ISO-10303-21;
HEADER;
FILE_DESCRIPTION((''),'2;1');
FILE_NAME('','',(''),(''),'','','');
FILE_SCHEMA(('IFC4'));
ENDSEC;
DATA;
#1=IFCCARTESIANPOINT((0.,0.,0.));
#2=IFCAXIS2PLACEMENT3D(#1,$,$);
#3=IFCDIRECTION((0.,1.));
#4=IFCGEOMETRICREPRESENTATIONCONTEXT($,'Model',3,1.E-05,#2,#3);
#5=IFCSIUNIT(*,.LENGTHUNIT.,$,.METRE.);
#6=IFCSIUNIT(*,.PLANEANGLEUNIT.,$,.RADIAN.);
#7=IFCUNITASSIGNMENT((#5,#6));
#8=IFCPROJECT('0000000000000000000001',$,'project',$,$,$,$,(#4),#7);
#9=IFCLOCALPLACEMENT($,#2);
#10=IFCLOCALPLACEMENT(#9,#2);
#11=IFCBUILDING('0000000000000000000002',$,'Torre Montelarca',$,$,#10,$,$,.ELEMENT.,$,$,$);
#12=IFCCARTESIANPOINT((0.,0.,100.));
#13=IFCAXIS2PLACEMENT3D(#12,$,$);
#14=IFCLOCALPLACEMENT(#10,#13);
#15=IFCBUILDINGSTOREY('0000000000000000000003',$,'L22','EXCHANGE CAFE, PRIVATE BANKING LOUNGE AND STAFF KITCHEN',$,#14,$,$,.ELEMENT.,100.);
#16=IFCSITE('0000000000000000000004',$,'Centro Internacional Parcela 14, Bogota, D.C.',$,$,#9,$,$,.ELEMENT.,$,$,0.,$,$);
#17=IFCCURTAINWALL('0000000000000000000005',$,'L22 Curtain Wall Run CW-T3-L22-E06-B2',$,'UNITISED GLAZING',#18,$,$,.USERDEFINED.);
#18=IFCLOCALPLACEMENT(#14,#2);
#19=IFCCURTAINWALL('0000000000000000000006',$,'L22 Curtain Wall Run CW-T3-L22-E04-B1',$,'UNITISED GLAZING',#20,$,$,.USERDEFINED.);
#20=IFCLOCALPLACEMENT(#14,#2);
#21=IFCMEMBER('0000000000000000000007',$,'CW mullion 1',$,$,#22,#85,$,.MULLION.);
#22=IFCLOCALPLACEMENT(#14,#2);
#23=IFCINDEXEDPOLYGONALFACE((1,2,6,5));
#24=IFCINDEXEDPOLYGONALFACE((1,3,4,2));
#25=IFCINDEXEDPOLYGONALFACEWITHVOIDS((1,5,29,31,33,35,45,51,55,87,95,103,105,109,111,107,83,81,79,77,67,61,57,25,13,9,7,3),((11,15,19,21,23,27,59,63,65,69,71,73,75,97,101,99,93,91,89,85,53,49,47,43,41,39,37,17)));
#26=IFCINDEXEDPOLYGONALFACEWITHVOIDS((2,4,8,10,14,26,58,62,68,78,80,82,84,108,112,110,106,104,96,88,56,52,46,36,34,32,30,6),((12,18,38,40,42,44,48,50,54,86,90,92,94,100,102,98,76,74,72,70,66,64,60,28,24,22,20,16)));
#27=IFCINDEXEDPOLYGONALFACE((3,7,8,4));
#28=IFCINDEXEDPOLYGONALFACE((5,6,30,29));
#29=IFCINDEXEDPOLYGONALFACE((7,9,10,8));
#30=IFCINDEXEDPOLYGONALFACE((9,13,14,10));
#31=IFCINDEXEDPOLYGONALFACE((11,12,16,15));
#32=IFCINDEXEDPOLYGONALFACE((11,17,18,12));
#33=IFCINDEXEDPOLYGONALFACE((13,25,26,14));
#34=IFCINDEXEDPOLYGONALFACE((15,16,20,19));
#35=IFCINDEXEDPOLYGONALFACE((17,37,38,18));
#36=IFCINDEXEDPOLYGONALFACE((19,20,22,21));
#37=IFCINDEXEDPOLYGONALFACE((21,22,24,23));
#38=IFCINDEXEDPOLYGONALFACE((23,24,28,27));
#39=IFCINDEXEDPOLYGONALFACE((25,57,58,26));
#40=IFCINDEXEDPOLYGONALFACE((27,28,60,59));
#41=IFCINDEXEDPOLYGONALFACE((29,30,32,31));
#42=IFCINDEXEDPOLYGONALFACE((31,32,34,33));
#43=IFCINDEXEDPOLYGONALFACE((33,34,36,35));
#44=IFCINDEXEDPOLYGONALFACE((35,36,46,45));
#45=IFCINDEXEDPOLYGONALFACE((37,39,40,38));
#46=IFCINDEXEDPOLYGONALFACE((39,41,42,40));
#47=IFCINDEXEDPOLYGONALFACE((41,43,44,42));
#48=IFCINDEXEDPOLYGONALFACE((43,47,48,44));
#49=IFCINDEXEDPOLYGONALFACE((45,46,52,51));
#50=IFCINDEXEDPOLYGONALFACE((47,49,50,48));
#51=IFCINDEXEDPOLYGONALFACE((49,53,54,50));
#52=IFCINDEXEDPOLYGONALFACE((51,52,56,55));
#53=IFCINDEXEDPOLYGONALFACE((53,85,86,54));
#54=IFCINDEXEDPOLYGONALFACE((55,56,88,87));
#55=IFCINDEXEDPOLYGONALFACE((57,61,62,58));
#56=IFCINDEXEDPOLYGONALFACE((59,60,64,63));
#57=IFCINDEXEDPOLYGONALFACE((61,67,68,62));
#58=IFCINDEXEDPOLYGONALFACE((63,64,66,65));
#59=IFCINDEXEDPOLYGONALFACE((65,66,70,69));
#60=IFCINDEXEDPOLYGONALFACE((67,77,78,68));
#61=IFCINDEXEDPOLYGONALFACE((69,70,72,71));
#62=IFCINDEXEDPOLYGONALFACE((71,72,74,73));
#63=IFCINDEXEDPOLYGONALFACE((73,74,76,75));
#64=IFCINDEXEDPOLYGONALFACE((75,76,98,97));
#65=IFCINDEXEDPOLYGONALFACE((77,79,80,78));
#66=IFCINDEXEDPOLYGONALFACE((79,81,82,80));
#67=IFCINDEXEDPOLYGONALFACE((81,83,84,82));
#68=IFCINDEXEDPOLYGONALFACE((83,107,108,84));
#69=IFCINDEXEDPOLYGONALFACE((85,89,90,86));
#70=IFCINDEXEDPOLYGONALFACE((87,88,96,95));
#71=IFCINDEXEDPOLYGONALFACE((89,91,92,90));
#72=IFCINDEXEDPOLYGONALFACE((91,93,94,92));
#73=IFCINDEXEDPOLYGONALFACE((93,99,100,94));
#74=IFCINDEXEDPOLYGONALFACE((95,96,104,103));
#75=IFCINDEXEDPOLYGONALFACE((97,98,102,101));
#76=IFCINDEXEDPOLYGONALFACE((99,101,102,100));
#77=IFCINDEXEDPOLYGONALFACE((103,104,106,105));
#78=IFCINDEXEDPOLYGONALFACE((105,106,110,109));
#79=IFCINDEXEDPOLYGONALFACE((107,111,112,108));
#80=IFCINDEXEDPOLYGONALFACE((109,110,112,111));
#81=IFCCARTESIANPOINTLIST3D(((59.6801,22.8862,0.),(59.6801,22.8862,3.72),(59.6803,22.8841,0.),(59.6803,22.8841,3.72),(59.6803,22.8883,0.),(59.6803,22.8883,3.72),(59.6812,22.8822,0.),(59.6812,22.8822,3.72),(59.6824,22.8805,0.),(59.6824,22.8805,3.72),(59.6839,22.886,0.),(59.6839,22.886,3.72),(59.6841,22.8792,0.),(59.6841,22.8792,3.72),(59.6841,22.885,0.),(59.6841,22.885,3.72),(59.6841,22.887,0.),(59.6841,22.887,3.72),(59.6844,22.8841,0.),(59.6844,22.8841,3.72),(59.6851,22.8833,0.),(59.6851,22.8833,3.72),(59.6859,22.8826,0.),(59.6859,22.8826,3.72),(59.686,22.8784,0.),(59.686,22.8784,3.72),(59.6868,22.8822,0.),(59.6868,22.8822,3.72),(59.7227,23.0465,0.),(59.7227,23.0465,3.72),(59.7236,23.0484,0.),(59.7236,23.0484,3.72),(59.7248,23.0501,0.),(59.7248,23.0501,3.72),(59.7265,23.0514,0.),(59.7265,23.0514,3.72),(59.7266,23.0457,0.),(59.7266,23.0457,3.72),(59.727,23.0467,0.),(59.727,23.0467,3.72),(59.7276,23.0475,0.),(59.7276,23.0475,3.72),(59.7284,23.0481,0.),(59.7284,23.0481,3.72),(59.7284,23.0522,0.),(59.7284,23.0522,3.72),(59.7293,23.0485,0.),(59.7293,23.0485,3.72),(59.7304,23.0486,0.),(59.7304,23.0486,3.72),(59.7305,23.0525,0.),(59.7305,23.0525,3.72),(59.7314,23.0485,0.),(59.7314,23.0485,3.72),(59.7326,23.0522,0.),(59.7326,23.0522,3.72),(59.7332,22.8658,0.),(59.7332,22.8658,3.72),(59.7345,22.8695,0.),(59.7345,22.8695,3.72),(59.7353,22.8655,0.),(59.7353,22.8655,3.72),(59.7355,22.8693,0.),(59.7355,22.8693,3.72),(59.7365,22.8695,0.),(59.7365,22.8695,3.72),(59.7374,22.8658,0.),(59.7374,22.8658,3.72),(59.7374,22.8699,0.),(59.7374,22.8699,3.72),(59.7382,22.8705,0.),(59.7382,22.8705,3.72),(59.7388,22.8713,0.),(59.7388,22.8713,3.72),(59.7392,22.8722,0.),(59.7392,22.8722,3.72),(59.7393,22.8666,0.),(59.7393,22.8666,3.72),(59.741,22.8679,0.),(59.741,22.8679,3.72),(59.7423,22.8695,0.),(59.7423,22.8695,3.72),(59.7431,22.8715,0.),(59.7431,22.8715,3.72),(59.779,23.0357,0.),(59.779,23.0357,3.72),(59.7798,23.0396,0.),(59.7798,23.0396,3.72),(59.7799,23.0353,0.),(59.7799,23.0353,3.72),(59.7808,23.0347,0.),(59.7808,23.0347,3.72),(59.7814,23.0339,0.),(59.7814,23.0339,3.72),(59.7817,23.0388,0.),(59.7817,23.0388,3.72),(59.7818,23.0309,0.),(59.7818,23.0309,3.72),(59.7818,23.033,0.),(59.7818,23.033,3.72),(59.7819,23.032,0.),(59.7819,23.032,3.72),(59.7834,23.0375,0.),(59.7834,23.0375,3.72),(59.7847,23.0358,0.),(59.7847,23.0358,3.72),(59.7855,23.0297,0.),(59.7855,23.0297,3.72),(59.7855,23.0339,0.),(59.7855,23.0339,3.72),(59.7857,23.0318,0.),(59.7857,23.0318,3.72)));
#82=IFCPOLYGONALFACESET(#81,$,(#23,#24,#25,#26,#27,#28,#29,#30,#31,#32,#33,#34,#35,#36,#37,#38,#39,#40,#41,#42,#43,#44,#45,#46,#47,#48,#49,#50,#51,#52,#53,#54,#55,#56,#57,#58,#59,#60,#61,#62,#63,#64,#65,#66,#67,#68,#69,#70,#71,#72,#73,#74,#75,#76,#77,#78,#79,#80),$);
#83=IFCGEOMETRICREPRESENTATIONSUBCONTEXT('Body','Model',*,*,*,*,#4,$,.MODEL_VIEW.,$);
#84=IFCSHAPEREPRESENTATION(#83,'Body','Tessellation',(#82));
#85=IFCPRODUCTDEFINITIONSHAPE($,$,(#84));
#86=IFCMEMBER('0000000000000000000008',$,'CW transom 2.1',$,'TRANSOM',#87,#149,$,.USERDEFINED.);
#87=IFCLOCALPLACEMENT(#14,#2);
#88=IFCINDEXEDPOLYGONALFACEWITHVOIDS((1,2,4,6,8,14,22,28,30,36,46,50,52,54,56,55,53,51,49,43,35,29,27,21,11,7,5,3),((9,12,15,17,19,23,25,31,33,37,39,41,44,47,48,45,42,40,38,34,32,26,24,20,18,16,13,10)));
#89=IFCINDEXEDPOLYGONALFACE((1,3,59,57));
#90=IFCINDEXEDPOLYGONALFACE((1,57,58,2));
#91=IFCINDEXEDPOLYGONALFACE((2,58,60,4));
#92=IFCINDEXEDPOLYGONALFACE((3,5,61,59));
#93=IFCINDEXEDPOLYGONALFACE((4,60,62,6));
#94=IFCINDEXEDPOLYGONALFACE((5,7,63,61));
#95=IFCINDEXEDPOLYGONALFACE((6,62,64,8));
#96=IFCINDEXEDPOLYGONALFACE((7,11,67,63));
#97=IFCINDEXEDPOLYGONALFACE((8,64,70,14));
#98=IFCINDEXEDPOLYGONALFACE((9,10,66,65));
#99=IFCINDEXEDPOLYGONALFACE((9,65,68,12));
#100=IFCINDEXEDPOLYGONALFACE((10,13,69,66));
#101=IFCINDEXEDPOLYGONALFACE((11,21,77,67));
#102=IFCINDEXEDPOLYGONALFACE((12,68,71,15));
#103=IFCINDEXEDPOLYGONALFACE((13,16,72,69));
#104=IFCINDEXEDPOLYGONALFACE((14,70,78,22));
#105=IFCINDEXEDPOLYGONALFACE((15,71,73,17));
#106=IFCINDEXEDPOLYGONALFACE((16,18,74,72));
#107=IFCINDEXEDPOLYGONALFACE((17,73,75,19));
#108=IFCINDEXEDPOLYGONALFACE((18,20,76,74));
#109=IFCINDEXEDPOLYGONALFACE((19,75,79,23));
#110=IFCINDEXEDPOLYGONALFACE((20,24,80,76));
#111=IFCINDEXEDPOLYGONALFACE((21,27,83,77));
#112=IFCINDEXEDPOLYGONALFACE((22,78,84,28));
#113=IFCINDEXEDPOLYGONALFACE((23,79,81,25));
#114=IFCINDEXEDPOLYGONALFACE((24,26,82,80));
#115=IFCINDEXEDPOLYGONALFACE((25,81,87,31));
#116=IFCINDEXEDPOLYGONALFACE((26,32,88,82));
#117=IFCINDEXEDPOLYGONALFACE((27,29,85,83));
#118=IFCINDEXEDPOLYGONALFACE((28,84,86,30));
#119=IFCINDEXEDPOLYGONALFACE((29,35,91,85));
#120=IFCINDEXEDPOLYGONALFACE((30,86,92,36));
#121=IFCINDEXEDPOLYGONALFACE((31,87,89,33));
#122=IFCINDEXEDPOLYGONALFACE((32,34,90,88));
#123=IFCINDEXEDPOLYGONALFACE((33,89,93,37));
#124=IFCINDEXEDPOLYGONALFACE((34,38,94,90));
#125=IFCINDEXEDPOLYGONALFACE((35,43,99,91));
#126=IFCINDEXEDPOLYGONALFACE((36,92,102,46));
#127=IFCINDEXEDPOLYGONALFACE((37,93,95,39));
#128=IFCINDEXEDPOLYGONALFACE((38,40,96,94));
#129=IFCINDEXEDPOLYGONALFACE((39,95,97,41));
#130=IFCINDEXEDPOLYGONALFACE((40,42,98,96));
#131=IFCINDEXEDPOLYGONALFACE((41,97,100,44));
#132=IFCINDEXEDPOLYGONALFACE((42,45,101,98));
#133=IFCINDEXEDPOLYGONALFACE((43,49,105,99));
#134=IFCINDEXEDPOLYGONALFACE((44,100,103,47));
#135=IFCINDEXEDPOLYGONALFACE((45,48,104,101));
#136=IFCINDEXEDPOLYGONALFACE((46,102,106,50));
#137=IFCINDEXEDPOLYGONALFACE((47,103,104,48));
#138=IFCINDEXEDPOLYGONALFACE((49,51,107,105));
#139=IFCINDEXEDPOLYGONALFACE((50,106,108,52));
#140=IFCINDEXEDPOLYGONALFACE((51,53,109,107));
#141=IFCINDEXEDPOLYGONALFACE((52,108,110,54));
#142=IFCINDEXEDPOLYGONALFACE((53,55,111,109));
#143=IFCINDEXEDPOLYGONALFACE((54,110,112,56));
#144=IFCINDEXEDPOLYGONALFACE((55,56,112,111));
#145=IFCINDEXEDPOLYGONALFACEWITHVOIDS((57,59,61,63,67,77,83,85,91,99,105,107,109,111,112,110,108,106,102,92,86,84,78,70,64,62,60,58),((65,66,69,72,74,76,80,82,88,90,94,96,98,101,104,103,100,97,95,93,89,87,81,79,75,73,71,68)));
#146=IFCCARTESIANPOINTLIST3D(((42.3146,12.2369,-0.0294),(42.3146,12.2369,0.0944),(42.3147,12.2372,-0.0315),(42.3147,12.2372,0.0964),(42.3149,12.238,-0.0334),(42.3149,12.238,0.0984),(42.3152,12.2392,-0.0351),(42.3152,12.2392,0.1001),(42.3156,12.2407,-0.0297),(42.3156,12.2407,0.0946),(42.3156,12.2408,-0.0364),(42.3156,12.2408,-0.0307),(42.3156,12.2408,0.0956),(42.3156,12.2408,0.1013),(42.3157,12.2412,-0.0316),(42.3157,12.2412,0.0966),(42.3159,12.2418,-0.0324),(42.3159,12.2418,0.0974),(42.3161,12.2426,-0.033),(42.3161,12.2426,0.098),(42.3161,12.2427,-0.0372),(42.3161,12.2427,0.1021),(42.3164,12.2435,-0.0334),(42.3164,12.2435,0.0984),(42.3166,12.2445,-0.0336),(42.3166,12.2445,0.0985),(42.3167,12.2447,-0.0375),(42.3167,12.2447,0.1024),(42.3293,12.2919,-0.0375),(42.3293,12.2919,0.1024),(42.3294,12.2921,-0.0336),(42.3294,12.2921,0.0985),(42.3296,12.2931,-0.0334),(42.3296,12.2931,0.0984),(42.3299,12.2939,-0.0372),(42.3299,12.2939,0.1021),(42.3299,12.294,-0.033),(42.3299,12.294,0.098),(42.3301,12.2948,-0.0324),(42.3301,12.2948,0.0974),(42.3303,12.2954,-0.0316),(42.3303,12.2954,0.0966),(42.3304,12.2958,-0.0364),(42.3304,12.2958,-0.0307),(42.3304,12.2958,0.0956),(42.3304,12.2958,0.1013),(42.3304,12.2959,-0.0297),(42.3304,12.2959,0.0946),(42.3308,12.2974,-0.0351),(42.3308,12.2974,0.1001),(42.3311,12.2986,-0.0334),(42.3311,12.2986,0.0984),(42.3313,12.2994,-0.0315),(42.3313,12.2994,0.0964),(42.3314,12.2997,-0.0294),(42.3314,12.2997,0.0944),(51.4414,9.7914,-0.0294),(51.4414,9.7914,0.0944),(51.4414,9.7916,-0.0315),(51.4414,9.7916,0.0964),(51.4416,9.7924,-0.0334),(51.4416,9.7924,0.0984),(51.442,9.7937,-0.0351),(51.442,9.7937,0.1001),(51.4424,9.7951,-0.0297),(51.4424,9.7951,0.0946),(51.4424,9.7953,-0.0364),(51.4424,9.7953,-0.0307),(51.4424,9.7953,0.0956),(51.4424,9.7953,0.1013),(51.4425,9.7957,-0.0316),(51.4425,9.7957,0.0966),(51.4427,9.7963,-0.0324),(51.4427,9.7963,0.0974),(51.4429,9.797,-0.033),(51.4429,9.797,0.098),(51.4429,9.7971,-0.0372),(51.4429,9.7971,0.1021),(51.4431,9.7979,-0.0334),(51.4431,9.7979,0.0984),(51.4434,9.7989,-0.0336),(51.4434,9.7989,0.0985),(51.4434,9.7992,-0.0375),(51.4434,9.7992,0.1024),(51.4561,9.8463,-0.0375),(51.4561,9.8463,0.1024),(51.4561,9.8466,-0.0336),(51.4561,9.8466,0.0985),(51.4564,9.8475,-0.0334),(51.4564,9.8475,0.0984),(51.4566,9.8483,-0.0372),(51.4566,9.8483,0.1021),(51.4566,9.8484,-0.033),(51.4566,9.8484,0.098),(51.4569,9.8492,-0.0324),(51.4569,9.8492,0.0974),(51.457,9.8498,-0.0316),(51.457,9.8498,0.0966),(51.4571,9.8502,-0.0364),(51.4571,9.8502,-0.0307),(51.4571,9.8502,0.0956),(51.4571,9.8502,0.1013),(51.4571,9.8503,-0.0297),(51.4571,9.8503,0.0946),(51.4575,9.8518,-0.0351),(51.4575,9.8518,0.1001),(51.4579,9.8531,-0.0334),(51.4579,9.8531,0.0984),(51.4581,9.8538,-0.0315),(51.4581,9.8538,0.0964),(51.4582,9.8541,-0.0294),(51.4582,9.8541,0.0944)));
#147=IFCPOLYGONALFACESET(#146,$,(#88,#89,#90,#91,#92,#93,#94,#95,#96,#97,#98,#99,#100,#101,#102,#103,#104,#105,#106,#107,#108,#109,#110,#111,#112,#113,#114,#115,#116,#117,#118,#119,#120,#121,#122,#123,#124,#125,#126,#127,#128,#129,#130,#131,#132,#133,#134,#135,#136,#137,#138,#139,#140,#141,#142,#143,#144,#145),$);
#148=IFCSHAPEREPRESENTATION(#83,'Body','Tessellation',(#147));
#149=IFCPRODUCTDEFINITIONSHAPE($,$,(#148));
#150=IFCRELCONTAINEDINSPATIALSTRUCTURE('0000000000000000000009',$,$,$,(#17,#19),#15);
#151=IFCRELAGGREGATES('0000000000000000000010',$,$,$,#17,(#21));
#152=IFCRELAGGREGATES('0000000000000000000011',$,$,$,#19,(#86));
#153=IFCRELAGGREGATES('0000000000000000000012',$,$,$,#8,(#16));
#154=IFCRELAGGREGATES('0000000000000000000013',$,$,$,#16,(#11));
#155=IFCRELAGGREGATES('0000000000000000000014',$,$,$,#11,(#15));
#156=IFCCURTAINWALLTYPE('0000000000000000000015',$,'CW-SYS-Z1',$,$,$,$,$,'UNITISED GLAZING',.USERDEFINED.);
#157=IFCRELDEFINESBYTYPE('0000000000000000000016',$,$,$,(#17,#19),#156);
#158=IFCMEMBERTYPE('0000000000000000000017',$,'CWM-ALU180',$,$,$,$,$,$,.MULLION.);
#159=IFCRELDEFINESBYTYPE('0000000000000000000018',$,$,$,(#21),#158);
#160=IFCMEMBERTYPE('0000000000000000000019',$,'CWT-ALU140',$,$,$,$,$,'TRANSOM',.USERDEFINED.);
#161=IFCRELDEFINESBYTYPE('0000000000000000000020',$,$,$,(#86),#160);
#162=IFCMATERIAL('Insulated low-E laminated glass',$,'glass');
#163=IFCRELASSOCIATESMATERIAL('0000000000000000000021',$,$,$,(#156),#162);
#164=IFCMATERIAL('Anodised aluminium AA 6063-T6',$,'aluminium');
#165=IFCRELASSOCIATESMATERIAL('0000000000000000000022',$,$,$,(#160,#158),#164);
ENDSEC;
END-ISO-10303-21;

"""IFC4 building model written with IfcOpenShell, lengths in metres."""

from ifc_helpers import new_model, si_unit, direction, frame, origin, origin_2d, place, context, subcontext, project, spatial, hollow_rectangle, extrude, source, transform, mapped, material, material_profile, profile_set, type_object, element, aggregate, save


model = new_model("IFC4")

# Units and contexts
model_context = context("Model", 3, precision=1e-05, world=origin(), true_north=direction((0.0, 1.0)))
body_context = subcontext(model_context, "Body", "Model", "MODEL_VIEW")
ifc_project = project(units=[si_unit("LENGTHUNIT", "METRE"), si_unit("PLANEANGLEUNIT", "RADIAN")], contexts=[model_context])

# Site, building, storey
site_placement = place(None, origin())
site = spatial("IfcSite", under=ifc_project, at=site_placement, Name="Centro Internacional Parcela 14, Bogota, D.C.", CompositionType="ELEMENT", RefElevation=0.0)
building_placement = place(site_placement, origin())
building = spatial("IfcBuilding", under=site, at=building_placement, Name="Torre Montelarca", CompositionType="ELEMENT")
storey_placement = place(building_placement, frame((0.0, 0.0, 100.0)))
storey = spatial("IfcBuildingStorey", under=building, at=storey_placement, Name="L22", Description="EXCHANGE CAFE, PRIVATE BANKING LOUNGE AND STAFF KITCHEN", CompositionType="ELEMENT", Elevation=100.0)

# Curtain wall
ifc_material_1 = material(Name="Insulated low-E laminated glass", Category="glass")
curtain_wall_type = type_object("IfcCurtainWallType", Name="CW-SYS-Z1", ElementType="UNITISED GLAZING", PredefinedType="USERDEFINED", material=ifc_material_1)
ifc_material_2 = material(Name="Anodised aluminium AA 6063-T6", Category="aluminium")
ifc_material_profile_1 = material_profile(ifc_material_2, hollow_rectangle(XDim=0.0649, YDim=0.1399, WallThickness=0.0039, InnerFilletRadius=0.0039, OuterFilletRadius=0.0081, at=origin_2d()), Name="ALU65X140X4", Category="aluminium")
ifc_profile_set_1 = profile_set([ifc_material_profile_1], Name="Anodised aluminium AA 6063-T6")
member_type_1 = type_object("IfcMemberType", Name="CWT-ALU140", ElementType="TRANSOM", PredefinedType="USERDEFINED", material=ifc_profile_set_1)
curtain_wall_1_placement = place(storey_placement, origin())
curtain_wall_1 = element("IfcCurtainWall", 1, at=curtain_wall_1_placement, inside=storey, type_object=curtain_wall_type, Name="L22 Curtain Wall Run CW-T3-L22-E06-B2", ObjectType="UNITISED GLAZING", PredefinedType="USERDEFINED")

# Curtain wall
curtain_wall_2_placement = place(storey_placement, origin())
curtain_wall_2 = element("IfcCurtainWall", 2, at=curtain_wall_2_placement, inside=storey, type_object=curtain_wall_type, Name="L22 Curtain Wall Run CW-T3-L22-E04-B1", ObjectType="UNITISED GLAZING", PredefinedType="USERDEFINED")
ifc_material_profile_2 = material_profile(ifc_material_2, hollow_rectangle(XDim=0.0649, YDim=0.1799, WallThickness=0.0039, InnerFilletRadius=0.0039, OuterFilletRadius=0.0081, at=origin_2d()), Name="ALU65X180X4", Category="aluminium")
ifc_profile_set_2 = profile_set([ifc_material_profile_2], Name="Anodised aluminium AA 6063-T6")
member_type_2 = type_object("IfcMemberType", Name="CWM-ALU180", PredefinedType="MULLION", material=ifc_profile_set_2)
shared_shape_1 = source(origin(), body_context, "Body", "SweptSolid", [
    extrude(hollow_rectangle(XDim=0.0649, YDim=0.1799, WallThickness=0.0039, InnerFilletRadius=0.0039, OuterFilletRadius=0.0081, at=origin_2d()), origin(), (0.0, 0.0, 1.0), 3.72),
])

# Members
member_1_placement = place(storey_placement, frame((59.7329, 22.959, 0.0), z_axis=(0.0, 0.0, 1.0), x_axis=(-0.965927, 0.258816, 0.0)))
member_1 = element("IfcMember", 3, at=member_1_placement, type_object=member_type_2, Name="CW mullion 1", PredefinedType="MULLION", context=body_context, shape_type="MappedRepresentation", body=[
    mapped(shared_shape_1, transform((0.0, 0.0, 0.0), scale=1.0)),
])
aggregate(curtain_wall_1, [member_1])
shared_shape_2 = source(origin(), body_context, "Body", "SweptSolid", [
    extrude(hollow_rectangle(XDim=0.0649, YDim=0.1399, WallThickness=0.0039, InnerFilletRadius=0.0039, OuterFilletRadius=0.0081, at=origin_2d()), origin(), (0.0, 0.0, 1.0), 9.4487),
])
member_2_placement = place(storey_placement, frame((42.323, 12.2683, 0.0325), z_axis=(0.965924, -0.258825, 0.0), x_axis=(0.258825, 0.965924, 0.0)))
member_2 = element("IfcMember", 4, at=member_2_placement, type_object=member_type_1, Name="CW transom 2.1", ObjectType="TRANSOM", PredefinedType="USERDEFINED", context=body_context, shape_type="MappedRepresentation", body=[
    mapped(shared_shape_2, transform((0.0, 0.0, 0.0), scale=1.0)),
])

aggregate(curtain_wall_2, [member_2])

save(model, "model.ifc")
